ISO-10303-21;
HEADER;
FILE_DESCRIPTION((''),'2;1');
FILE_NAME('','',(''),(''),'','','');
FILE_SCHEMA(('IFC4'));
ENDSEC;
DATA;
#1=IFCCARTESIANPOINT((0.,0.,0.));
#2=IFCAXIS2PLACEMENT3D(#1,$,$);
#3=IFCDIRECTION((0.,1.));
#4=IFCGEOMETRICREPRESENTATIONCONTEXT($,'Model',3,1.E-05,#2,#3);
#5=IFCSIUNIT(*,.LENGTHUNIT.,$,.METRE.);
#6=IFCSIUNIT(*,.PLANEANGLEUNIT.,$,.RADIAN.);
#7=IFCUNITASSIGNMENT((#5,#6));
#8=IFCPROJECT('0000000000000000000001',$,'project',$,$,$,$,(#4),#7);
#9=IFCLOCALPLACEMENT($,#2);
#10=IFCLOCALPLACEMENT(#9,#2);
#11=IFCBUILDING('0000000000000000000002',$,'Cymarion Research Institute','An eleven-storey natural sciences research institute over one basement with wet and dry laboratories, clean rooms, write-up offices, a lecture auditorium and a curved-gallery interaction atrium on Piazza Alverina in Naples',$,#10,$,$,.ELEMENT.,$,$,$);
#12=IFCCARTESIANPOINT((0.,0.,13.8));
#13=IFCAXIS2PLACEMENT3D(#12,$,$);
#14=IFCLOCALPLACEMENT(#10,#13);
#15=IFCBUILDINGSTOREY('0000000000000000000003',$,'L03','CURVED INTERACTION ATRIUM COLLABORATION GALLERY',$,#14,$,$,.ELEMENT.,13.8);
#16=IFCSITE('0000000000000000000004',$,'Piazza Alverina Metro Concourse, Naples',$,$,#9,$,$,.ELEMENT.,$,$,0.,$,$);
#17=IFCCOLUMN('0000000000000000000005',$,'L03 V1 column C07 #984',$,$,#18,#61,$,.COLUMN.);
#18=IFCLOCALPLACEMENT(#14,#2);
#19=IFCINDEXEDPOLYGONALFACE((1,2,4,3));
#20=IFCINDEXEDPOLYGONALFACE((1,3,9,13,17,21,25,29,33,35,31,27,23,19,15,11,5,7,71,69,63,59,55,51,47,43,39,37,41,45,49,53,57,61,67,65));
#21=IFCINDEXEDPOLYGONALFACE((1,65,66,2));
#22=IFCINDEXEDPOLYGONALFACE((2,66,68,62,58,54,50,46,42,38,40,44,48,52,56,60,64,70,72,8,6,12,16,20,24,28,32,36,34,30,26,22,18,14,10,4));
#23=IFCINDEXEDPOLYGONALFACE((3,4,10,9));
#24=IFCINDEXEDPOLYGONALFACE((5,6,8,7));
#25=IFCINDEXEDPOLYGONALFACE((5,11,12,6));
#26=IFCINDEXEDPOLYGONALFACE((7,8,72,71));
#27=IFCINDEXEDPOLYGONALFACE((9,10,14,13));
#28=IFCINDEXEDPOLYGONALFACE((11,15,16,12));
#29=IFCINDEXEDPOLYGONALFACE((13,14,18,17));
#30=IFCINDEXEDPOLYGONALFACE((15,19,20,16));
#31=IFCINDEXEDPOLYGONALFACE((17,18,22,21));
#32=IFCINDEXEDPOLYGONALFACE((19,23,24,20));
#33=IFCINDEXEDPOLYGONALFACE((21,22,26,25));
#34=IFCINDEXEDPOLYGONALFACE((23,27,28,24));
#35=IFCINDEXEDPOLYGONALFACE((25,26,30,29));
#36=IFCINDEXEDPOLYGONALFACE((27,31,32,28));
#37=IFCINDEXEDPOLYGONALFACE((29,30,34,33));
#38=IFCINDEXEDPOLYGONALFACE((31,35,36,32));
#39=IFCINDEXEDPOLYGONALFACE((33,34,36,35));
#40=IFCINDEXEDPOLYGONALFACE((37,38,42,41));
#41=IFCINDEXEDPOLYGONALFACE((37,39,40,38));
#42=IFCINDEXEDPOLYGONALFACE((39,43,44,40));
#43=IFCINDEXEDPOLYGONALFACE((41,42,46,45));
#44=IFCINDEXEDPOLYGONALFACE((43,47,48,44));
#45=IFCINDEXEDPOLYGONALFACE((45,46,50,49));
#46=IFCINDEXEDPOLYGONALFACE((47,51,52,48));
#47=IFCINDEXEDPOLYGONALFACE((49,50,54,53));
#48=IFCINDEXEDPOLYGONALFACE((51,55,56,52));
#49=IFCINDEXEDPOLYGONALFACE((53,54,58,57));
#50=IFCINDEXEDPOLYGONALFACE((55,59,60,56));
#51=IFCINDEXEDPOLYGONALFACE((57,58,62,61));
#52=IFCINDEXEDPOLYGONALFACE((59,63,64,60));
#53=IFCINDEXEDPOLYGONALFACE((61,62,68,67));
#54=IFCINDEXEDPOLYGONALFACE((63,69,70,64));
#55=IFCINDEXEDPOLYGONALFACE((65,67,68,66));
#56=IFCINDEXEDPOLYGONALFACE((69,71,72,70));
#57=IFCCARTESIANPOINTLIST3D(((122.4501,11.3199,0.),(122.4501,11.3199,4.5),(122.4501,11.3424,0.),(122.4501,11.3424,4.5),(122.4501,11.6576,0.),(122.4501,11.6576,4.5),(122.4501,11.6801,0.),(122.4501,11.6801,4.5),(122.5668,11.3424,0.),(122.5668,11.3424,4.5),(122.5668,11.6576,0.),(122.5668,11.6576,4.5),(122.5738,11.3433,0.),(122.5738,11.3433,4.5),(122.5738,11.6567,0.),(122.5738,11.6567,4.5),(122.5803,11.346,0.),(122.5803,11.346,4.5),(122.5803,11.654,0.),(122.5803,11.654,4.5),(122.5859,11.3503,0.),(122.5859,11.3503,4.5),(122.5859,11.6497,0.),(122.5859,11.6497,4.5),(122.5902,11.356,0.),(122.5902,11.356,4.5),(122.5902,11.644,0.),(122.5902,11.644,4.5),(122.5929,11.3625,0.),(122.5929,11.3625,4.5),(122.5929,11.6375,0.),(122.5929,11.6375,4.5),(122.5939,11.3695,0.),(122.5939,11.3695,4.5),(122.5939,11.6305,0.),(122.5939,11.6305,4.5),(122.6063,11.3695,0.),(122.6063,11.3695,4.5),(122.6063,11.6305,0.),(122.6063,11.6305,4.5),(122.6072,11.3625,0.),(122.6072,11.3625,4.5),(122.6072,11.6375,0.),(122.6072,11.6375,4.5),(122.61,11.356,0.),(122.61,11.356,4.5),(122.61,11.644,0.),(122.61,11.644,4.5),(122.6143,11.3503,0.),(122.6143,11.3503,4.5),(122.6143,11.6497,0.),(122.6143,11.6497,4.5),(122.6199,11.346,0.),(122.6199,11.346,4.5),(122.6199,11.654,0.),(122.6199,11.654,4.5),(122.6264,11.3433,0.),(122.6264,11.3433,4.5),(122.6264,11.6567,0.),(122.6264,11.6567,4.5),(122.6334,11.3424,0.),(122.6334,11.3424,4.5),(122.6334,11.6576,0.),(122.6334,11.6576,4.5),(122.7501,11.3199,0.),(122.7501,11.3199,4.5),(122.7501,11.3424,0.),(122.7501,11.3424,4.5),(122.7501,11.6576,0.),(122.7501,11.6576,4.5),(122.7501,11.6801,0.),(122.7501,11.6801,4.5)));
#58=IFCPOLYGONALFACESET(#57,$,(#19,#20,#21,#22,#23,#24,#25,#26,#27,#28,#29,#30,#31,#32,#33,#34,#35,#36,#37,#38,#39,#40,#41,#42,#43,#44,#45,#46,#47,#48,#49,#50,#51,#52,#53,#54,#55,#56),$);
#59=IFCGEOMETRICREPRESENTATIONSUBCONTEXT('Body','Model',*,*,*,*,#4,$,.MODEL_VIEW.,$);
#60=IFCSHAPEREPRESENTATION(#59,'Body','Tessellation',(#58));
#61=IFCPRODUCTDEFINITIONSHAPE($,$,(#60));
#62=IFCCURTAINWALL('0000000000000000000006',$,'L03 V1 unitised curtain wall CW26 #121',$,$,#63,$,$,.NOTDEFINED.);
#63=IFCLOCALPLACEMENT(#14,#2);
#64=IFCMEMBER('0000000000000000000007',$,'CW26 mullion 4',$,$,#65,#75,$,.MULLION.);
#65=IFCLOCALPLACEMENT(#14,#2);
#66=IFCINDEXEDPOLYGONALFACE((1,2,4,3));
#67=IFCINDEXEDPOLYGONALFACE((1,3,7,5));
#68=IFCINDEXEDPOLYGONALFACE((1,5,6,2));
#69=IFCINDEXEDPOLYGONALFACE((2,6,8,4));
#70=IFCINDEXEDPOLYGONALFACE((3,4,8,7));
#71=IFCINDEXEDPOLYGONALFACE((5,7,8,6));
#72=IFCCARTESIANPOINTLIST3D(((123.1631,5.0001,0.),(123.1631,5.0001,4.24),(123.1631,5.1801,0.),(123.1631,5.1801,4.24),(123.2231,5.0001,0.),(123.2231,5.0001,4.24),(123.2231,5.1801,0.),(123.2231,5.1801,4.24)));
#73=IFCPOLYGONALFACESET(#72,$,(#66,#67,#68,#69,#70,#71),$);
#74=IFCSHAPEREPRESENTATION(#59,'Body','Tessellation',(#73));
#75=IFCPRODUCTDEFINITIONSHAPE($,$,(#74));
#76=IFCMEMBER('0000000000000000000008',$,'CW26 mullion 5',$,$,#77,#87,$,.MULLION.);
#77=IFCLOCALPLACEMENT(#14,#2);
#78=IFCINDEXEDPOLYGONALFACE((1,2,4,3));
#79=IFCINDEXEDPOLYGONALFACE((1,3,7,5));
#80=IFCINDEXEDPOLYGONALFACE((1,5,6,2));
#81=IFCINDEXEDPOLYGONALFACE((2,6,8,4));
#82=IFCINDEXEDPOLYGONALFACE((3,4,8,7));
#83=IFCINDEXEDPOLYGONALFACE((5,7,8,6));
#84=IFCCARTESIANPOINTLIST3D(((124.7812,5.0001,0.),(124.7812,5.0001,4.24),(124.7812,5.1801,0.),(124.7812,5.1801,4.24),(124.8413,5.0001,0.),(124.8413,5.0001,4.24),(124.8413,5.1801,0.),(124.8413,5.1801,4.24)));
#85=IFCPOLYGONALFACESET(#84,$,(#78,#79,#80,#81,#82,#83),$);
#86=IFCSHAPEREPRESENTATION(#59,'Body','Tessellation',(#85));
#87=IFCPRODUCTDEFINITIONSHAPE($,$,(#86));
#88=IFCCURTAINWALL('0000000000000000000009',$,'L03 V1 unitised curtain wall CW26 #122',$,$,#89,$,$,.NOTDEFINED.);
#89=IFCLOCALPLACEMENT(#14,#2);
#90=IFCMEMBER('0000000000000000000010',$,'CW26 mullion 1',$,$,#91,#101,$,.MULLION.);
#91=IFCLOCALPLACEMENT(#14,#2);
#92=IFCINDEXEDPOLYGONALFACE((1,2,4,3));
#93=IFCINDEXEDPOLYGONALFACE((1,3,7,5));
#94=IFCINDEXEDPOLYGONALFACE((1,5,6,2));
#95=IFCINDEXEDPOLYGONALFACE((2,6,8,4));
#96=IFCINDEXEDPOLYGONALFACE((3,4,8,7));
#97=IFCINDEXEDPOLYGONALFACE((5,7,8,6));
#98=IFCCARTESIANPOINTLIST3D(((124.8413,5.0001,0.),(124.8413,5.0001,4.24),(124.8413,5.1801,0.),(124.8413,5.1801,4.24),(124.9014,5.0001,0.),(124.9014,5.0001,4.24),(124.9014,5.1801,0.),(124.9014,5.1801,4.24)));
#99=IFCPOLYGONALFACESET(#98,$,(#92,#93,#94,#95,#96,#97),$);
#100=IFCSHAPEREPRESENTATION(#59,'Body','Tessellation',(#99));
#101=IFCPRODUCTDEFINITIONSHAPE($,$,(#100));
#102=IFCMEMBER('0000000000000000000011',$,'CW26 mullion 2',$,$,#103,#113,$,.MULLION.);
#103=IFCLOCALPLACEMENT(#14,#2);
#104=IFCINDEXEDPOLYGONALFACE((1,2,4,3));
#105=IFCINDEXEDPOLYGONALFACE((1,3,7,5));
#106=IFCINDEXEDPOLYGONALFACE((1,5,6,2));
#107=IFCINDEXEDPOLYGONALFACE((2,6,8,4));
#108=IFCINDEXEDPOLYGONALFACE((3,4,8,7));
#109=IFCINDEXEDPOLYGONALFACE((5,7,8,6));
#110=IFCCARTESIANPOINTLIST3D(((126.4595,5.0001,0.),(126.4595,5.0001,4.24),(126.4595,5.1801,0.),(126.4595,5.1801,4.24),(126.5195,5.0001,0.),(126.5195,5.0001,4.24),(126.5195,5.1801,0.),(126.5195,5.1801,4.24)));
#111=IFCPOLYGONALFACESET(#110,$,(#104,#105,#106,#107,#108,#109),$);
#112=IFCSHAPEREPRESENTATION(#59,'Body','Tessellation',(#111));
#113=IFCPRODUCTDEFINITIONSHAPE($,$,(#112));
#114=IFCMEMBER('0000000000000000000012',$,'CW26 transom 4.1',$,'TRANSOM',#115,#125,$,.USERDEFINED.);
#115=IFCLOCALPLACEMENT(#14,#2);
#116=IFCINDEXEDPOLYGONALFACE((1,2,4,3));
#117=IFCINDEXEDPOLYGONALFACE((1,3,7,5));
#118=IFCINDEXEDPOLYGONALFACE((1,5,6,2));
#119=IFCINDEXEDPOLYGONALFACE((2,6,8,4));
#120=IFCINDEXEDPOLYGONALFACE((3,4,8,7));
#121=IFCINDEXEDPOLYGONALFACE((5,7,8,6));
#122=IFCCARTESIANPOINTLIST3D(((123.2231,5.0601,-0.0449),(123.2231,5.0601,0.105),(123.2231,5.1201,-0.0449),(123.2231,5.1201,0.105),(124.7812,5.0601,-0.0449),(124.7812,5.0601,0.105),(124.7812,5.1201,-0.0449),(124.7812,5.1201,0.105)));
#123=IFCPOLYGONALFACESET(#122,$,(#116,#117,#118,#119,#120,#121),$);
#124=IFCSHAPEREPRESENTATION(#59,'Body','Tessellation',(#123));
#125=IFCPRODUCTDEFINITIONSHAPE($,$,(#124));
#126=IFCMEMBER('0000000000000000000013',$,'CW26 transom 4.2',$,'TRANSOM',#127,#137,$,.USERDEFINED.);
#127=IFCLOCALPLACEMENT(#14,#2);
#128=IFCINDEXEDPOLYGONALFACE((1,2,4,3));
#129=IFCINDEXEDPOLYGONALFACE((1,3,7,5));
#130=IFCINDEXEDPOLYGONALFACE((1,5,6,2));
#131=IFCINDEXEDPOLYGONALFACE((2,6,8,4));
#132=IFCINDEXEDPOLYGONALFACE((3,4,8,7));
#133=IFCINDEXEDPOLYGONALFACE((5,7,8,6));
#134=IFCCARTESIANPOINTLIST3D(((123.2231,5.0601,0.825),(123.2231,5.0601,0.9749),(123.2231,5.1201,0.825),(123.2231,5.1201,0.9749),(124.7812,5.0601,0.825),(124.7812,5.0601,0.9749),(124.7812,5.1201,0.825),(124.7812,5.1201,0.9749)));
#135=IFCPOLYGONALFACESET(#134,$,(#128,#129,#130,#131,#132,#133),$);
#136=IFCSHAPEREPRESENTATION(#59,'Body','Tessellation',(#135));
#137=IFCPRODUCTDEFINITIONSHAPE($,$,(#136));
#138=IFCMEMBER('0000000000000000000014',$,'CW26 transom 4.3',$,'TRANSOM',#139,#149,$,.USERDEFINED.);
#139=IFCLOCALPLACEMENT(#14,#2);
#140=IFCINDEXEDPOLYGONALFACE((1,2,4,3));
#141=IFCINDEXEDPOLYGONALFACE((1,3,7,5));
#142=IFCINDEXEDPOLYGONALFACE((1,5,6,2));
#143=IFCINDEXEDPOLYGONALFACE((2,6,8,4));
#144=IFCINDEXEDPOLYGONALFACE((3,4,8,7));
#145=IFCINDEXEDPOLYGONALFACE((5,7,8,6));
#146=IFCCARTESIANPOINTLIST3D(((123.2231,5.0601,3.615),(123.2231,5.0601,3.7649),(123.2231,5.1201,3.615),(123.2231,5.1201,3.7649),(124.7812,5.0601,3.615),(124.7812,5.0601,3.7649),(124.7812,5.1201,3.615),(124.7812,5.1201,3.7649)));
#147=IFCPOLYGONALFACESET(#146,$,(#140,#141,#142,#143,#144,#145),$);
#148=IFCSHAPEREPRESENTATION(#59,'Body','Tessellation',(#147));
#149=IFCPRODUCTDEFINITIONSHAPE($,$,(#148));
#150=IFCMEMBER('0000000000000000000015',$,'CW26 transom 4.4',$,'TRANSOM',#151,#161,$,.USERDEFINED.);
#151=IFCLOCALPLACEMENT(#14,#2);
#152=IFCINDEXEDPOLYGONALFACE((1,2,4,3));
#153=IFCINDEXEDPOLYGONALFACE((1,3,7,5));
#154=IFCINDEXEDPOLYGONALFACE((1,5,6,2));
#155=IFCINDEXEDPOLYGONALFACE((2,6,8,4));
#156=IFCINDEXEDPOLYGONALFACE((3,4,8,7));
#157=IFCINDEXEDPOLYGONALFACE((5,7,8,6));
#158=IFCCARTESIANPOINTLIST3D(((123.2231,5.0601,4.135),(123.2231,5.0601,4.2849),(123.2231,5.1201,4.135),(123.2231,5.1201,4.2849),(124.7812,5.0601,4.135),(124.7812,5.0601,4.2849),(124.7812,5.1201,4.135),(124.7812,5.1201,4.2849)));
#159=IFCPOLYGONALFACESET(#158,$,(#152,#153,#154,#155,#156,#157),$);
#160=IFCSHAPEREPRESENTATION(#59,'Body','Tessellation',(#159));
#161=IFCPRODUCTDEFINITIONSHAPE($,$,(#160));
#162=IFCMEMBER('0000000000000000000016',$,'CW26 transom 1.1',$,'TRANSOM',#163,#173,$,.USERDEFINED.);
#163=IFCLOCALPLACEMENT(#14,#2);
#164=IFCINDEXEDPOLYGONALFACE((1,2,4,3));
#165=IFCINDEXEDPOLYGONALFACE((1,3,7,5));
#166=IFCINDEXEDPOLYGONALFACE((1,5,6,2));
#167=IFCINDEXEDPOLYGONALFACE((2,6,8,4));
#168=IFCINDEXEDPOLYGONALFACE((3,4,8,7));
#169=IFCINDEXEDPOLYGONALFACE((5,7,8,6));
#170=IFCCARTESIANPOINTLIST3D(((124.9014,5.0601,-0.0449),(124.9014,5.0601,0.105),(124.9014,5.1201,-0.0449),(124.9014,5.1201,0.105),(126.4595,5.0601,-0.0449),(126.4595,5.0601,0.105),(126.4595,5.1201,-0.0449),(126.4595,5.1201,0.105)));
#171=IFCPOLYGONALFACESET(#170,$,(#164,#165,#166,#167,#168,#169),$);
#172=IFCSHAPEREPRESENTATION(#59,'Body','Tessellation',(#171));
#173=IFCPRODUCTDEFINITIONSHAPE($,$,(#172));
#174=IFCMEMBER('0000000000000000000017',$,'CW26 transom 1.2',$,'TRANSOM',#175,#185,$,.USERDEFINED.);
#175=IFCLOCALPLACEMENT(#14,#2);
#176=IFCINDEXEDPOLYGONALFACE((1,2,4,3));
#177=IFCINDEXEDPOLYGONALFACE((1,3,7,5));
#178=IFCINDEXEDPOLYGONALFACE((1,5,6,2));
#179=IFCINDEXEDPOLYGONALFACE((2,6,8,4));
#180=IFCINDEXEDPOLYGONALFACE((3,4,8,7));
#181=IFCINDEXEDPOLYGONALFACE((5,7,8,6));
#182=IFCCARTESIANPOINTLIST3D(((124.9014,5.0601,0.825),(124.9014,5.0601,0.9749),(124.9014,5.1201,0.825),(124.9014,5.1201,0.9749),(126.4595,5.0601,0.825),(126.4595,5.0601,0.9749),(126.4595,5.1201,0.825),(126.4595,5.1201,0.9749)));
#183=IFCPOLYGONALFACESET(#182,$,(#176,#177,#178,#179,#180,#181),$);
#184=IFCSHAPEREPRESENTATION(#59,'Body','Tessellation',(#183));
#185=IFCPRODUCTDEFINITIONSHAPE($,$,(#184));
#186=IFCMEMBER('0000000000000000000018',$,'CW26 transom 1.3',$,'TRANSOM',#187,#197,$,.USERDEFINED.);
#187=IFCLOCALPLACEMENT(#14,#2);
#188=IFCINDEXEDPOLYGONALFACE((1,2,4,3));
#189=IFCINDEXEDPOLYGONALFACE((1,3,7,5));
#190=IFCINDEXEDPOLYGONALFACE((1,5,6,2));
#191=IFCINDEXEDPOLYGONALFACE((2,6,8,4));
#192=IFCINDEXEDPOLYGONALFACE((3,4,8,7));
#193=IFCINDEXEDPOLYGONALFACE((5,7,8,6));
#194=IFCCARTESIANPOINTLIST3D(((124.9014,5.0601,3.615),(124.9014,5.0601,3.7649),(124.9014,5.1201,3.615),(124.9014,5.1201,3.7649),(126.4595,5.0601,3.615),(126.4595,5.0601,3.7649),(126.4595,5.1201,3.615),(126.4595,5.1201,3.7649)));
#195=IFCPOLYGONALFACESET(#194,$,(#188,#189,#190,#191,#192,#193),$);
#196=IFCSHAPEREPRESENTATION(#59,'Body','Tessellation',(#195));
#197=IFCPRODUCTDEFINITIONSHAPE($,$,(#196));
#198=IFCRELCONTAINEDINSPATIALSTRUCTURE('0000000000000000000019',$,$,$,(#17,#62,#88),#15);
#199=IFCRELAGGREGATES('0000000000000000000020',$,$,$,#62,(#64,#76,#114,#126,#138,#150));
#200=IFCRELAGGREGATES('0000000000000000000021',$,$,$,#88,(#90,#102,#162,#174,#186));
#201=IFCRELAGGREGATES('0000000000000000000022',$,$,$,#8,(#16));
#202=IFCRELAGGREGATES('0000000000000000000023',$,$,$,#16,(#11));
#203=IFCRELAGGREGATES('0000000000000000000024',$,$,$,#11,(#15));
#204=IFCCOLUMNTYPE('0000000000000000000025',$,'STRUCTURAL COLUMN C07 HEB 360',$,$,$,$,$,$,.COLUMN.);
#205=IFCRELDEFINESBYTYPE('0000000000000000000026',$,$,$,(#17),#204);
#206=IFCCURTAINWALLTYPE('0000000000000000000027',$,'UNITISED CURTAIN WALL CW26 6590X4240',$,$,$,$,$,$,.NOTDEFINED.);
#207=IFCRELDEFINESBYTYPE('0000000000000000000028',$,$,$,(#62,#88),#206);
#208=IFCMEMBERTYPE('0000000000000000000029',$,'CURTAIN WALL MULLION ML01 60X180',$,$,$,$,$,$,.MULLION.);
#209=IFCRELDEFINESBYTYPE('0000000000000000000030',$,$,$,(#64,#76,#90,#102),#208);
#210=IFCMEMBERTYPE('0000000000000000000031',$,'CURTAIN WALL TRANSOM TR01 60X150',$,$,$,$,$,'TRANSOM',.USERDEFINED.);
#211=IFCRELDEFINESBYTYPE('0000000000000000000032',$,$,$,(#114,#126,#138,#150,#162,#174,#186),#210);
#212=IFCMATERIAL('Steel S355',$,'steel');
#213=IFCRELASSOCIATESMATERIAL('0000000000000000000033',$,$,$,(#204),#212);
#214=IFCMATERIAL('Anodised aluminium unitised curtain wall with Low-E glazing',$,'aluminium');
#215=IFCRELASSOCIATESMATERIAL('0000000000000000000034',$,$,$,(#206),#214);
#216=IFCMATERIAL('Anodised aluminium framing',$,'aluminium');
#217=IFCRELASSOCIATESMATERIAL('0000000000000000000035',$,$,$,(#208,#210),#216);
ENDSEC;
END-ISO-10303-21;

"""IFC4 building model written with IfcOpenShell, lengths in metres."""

from ifc_helpers import new_model, si_unit, direction, frame, origin, origin_2d, place, context, subcontext, project, spatial, rectangle, i_section, extrude, material, material_profile, profile_set, type_object, element, aggregate, save


model = new_model("IFC4")

# Units and contexts
model_context = context("Model", 3, precision=1e-05, world=origin(), true_north=direction((0.0, 1.0)))
body_context = subcontext(model_context, "Body", "Model", "MODEL_VIEW")
ifc_project = project(units=[si_unit("LENGTHUNIT", "METRE"), si_unit("PLANEANGLEUNIT", "RADIAN")], contexts=[model_context])

# Site, building, storey
site_placement = place(None, origin())
site = spatial("IfcSite", under=ifc_project, at=site_placement, Name="Piazza Alverina Metro Concourse, Naples", CompositionType="ELEMENT", RefElevation=0.0)
building_placement = place(site_placement, origin())
building = spatial("IfcBuilding", under=site, at=building_placement, Name="Cymarion Research Institute", Description="An eleven-storey natural sciences research institute over one basement with wet and dry laboratories, clean rooms, write-up offices, a lecture auditorium and a curved-gallery interaction atrium on Piazza Alverina in Naples", CompositionType="ELEMENT")
storey_placement = place(building_placement, frame((0.0, 0.0, 13.8)))
storey = spatial("IfcBuildingStorey", under=building, at=storey_placement, Name="L03", Description="CURVED INTERACTION ATRIUM COLLABORATION GALLERY", CompositionType="ELEMENT", Elevation=13.8)

# Column
ifc_material_1 = material(Name="Steel S355", Category="steel")
ifc_material_profile_1 = material_profile(ifc_material_1, i_section(OverallWidth=0.3, OverallDepth=0.3601, WebThickness=0.0125, FlangeThickness=0.0225, FilletRadius=0.0271, at=origin_2d()), Name="HEB 360")
ifc_profile_set_1 = profile_set([ifc_material_profile_1], Name="Steel S355")
column_type = type_object("IfcColumnType", Name="STRUCTURAL COLUMN C07 HEB 360", PredefinedType="COLUMN", material=ifc_profile_set_1)
column_placement = place(storey_placement, frame((122.6001, 11.5, 0.0), z_axis=(0.0, 0.0, 1.0), x_axis=(1.0, 0.0, 0.0)))
element("IfcColumn", 1, at=column_placement, inside=storey, type_object=column_type, Name="L03 V1 column C07 #984", PredefinedType="COLUMN", context=body_context, shape_type="SweptSolid", body=[
    extrude(i_section(OverallWidth=0.3, OverallDepth=0.3601, WebThickness=0.0125, FlangeThickness=0.0225, FilletRadius=0.0271, at=origin_2d()), origin(), (0.0, 0.0, 1.0), 4.5),
])

# Curtain walls, members
ifc_material_2 = material(Name="Anodised aluminium unitised curtain wall with Low-E glazing", Category="aluminium")
curtain_wall_type = type_object("IfcCurtainWallType", Name="UNITISED CURTAIN WALL CW26 6590X4240", PredefinedType="NOTDEFINED", material=ifc_material_2)
curtain_wall_1_placement = place(storey_placement, origin())
curtain_wall_1 = element("IfcCurtainWall", 2, at=curtain_wall_1_placement, inside=storey, type_object=curtain_wall_type, Name="L03 V1 unitised curtain wall CW26 #121", PredefinedType="NOTDEFINED")
ifc_material_3 = material(Name="Anodised aluminium framing", Category="aluminium")
ifc_material_profile_2 = material_profile(ifc_material_3, rectangle(XDim=0.0601, YDim=0.1799, at=origin_2d()), Name="ALU MULLION 60x180")
ifc_profile_set_2 = profile_set([ifc_material_profile_2], Name="Anodised aluminium framing")
member_type_1 = type_object("IfcMemberType", Name="CURTAIN WALL MULLION ML01 60X180", PredefinedType="MULLION", material=ifc_profile_set_2)
member_1_placement = place(storey_placement, frame((123.1931, 5.0901, 0.0), z_axis=(0.0, 0.0, 1.0), x_axis=(1.0, 0.0, 0.0)))
member_1 = element("IfcMember", 3, at=member_1_placement, type_object=member_type_1, Name="CW26 mullion 4", PredefinedType="MULLION", context=body_context, shape_type="SweptSolid", body=[
    extrude(rectangle(XDim=0.0601, YDim=0.1799, at=origin_2d()), origin(), (0.0, 0.0, 1.0), 4.24),
])
member_2_placement = place(storey_placement, frame((124.8113, 5.0901, 0.0), z_axis=(0.0, 0.0, 1.0), x_axis=(1.0, 0.0, 0.0)))
member_2 = element("IfcMember", 4, at=member_2_placement, type_object=member_type_1, Name="CW26 mullion 5", PredefinedType="MULLION", context=body_context, shape_type="SweptSolid", body=[
    extrude(rectangle(XDim=0.0601, YDim=0.1799, at=origin_2d()), origin(), (0.0, 0.0, 1.0), 4.24),
])
curtain_wall_2_placement = place(storey_placement, origin())
curtain_wall_2 = element("IfcCurtainWall", 5, at=curtain_wall_2_placement, inside=storey, type_object=curtain_wall_type, Name="L03 V1 unitised curtain wall CW26 #122", PredefinedType="NOTDEFINED")
member_3_placement = place(storey_placement, frame((124.8713, 5.0901, 0.0), z_axis=(0.0, 0.0, 1.0), x_axis=(1.0, 0.0, 0.0)))
member_3 = element("IfcMember", 6, at=member_3_placement, type_object=member_type_1, Name="CW26 mullion 1", PredefinedType="MULLION", context=body_context, shape_type="SweptSolid", body=[
    extrude(rectangle(XDim=0.0601, YDim=0.1799, at=origin_2d()), origin(), (0.0, 0.0, 1.0), 4.24),
])
member_4_placement = place(storey_placement, frame((126.4895, 5.0901, 0.0), z_axis=(0.0, 0.0, 1.0), x_axis=(1.0, 0.0, 0.0)))
member_4 = element("IfcMember", 7, at=member_4_placement, type_object=member_type_1, Name="CW26 mullion 2", PredefinedType="MULLION", context=body_context, shape_type="SweptSolid", body=[
    extrude(rectangle(XDim=0.0601, YDim=0.1799, at=origin_2d()), origin(), (0.0, 0.0, 1.0), 4.24),
])

# Members
ifc_material_profile_3 = material_profile(ifc_material_3, rectangle(XDim=0.0601, YDim=0.1499, at=origin_2d()), Name="ALU TRANSOM 60x150")
ifc_profile_set_3 = profile_set([ifc_material_profile_3], Name="Anodised aluminium framing")
member_type_2 = type_object("IfcMemberType", Name="CURTAIN WALL TRANSOM TR01 60X150", ElementType="TRANSOM", PredefinedType="USERDEFINED", material=ifc_profile_set_3)
member_5_placement = place(storey_placement, frame((123.2231, 5.0901, 0.03), z_axis=(1.0, 0.0, 0.0), x_axis=(0.0, 1.0, 0.0)))
member_5 = element("IfcMember", 8, at=member_5_placement, type_object=member_type_2, Name="CW26 transom 4.1", ObjectType="TRANSOM", PredefinedType="USERDEFINED", context=body_context, shape_type="SweptSolid", body=[
    extrude(rectangle(XDim=0.0601, YDim=0.1499, at=origin_2d()), origin(), (0.0, 0.0, 1.0), 1.5581),
])
member_6_placement = place(storey_placement, frame((123.2231, 5.0901, 0.8999), z_axis=(1.0, 0.0, 0.0), x_axis=(0.0, 1.0, 0.0)))
member_6 = element("IfcMember", 9, at=member_6_placement, type_object=member_type_2, Name="CW26 transom 4.2", ObjectType="TRANSOM", PredefinedType="USERDEFINED", context=body_context, shape_type="SweptSolid", body=[
    extrude(rectangle(XDim=0.0601, YDim=0.1499, at=origin_2d()), origin(), (0.0, 0.0, 1.0), 1.5581),
])
member_7_placement = place(storey_placement, frame((123.2231, 5.0901, 3.6899), z_axis=(1.0, 0.0, 0.0), x_axis=(0.0, 1.0, 0.0)))
member_7 = element("IfcMember", 10, at=member_7_placement, type_object=member_type_2, Name="CW26 transom 4.3", ObjectType="TRANSOM", PredefinedType="USERDEFINED", context=body_context, shape_type="SweptSolid", body=[
    extrude(rectangle(XDim=0.0601, YDim=0.1499, at=origin_2d()), origin(), (0.0, 0.0, 1.0), 1.5581),
])
member_8_placement = place(storey_placement, frame((123.2231, 5.0901, 4.21), z_axis=(1.0, 0.0, 0.0), x_axis=(0.0, 1.0, 0.0)))
member_8 = element("IfcMember", 11, at=member_8_placement, type_object=member_type_2, Name="CW26 transom 4.4", ObjectType="TRANSOM", PredefinedType="USERDEFINED", context=body_context, shape_type="SweptSolid", body=[
    extrude(rectangle(XDim=0.0601, YDim=0.1499, at=origin_2d()), origin(), (0.0, 0.0, 1.0), 1.5581),
])
member_9_placement = place(storey_placement, frame((124.9014, 5.0901, 0.03), z_axis=(1.0, 0.0, 0.0), x_axis=(0.0, 1.0, 0.0)))
member_9 = element("IfcMember", 12, at=member_9_placement, type_object=member_type_2, Name="CW26 transom 1.1", ObjectType="TRANSOM", PredefinedType="USERDEFINED", context=body_context, shape_type="SweptSolid", body=[
    extrude(rectangle(XDim=0.0601, YDim=0.1499, at=origin_2d()), origin(), (0.0, 0.0, 1.0), 1.5581),
])
member_10_placement = place(storey_placement, frame((124.9014, 5.0901, 0.8999), z_axis=(1.0, 0.0, 0.0), x_axis=(0.0, 1.0, 0.0)))
member_10 = element("IfcMember", 13, at=member_10_placement, type_object=member_type_2, Name="CW26 transom 1.2", ObjectType="TRANSOM", PredefinedType="USERDEFINED", context=body_context, shape_type="SweptSolid", body=[
    extrude(rectangle(XDim=0.0601, YDim=0.1499, at=origin_2d()), origin(), (0.0, 0.0, 1.0), 1.5581),
])
member_11_placement = place(storey_placement, frame((124.9014, 5.0901, 3.6899), z_axis=(1.0, 0.0, 0.0), x_axis=(0.0, 1.0, 0.0)))
member_11 = element("IfcMember", 14, at=member_11_placement, type_object=member_type_2, Name="CW26 transom 1.3", ObjectType="TRANSOM", PredefinedType="USERDEFINED", context=body_context, shape_type="SweptSolid", body=[
    extrude(rectangle(XDim=0.0601, YDim=0.1499, at=origin_2d()), origin(), (0.0, 0.0, 1.0), 1.5581),
])

aggregate(curtain_wall_1, [member_1, member_2, member_5, member_6, member_7, member_8])
aggregate(curtain_wall_2, [member_3, member_4, member_9, member_10, member_11])

save(model, "model.ifc")
